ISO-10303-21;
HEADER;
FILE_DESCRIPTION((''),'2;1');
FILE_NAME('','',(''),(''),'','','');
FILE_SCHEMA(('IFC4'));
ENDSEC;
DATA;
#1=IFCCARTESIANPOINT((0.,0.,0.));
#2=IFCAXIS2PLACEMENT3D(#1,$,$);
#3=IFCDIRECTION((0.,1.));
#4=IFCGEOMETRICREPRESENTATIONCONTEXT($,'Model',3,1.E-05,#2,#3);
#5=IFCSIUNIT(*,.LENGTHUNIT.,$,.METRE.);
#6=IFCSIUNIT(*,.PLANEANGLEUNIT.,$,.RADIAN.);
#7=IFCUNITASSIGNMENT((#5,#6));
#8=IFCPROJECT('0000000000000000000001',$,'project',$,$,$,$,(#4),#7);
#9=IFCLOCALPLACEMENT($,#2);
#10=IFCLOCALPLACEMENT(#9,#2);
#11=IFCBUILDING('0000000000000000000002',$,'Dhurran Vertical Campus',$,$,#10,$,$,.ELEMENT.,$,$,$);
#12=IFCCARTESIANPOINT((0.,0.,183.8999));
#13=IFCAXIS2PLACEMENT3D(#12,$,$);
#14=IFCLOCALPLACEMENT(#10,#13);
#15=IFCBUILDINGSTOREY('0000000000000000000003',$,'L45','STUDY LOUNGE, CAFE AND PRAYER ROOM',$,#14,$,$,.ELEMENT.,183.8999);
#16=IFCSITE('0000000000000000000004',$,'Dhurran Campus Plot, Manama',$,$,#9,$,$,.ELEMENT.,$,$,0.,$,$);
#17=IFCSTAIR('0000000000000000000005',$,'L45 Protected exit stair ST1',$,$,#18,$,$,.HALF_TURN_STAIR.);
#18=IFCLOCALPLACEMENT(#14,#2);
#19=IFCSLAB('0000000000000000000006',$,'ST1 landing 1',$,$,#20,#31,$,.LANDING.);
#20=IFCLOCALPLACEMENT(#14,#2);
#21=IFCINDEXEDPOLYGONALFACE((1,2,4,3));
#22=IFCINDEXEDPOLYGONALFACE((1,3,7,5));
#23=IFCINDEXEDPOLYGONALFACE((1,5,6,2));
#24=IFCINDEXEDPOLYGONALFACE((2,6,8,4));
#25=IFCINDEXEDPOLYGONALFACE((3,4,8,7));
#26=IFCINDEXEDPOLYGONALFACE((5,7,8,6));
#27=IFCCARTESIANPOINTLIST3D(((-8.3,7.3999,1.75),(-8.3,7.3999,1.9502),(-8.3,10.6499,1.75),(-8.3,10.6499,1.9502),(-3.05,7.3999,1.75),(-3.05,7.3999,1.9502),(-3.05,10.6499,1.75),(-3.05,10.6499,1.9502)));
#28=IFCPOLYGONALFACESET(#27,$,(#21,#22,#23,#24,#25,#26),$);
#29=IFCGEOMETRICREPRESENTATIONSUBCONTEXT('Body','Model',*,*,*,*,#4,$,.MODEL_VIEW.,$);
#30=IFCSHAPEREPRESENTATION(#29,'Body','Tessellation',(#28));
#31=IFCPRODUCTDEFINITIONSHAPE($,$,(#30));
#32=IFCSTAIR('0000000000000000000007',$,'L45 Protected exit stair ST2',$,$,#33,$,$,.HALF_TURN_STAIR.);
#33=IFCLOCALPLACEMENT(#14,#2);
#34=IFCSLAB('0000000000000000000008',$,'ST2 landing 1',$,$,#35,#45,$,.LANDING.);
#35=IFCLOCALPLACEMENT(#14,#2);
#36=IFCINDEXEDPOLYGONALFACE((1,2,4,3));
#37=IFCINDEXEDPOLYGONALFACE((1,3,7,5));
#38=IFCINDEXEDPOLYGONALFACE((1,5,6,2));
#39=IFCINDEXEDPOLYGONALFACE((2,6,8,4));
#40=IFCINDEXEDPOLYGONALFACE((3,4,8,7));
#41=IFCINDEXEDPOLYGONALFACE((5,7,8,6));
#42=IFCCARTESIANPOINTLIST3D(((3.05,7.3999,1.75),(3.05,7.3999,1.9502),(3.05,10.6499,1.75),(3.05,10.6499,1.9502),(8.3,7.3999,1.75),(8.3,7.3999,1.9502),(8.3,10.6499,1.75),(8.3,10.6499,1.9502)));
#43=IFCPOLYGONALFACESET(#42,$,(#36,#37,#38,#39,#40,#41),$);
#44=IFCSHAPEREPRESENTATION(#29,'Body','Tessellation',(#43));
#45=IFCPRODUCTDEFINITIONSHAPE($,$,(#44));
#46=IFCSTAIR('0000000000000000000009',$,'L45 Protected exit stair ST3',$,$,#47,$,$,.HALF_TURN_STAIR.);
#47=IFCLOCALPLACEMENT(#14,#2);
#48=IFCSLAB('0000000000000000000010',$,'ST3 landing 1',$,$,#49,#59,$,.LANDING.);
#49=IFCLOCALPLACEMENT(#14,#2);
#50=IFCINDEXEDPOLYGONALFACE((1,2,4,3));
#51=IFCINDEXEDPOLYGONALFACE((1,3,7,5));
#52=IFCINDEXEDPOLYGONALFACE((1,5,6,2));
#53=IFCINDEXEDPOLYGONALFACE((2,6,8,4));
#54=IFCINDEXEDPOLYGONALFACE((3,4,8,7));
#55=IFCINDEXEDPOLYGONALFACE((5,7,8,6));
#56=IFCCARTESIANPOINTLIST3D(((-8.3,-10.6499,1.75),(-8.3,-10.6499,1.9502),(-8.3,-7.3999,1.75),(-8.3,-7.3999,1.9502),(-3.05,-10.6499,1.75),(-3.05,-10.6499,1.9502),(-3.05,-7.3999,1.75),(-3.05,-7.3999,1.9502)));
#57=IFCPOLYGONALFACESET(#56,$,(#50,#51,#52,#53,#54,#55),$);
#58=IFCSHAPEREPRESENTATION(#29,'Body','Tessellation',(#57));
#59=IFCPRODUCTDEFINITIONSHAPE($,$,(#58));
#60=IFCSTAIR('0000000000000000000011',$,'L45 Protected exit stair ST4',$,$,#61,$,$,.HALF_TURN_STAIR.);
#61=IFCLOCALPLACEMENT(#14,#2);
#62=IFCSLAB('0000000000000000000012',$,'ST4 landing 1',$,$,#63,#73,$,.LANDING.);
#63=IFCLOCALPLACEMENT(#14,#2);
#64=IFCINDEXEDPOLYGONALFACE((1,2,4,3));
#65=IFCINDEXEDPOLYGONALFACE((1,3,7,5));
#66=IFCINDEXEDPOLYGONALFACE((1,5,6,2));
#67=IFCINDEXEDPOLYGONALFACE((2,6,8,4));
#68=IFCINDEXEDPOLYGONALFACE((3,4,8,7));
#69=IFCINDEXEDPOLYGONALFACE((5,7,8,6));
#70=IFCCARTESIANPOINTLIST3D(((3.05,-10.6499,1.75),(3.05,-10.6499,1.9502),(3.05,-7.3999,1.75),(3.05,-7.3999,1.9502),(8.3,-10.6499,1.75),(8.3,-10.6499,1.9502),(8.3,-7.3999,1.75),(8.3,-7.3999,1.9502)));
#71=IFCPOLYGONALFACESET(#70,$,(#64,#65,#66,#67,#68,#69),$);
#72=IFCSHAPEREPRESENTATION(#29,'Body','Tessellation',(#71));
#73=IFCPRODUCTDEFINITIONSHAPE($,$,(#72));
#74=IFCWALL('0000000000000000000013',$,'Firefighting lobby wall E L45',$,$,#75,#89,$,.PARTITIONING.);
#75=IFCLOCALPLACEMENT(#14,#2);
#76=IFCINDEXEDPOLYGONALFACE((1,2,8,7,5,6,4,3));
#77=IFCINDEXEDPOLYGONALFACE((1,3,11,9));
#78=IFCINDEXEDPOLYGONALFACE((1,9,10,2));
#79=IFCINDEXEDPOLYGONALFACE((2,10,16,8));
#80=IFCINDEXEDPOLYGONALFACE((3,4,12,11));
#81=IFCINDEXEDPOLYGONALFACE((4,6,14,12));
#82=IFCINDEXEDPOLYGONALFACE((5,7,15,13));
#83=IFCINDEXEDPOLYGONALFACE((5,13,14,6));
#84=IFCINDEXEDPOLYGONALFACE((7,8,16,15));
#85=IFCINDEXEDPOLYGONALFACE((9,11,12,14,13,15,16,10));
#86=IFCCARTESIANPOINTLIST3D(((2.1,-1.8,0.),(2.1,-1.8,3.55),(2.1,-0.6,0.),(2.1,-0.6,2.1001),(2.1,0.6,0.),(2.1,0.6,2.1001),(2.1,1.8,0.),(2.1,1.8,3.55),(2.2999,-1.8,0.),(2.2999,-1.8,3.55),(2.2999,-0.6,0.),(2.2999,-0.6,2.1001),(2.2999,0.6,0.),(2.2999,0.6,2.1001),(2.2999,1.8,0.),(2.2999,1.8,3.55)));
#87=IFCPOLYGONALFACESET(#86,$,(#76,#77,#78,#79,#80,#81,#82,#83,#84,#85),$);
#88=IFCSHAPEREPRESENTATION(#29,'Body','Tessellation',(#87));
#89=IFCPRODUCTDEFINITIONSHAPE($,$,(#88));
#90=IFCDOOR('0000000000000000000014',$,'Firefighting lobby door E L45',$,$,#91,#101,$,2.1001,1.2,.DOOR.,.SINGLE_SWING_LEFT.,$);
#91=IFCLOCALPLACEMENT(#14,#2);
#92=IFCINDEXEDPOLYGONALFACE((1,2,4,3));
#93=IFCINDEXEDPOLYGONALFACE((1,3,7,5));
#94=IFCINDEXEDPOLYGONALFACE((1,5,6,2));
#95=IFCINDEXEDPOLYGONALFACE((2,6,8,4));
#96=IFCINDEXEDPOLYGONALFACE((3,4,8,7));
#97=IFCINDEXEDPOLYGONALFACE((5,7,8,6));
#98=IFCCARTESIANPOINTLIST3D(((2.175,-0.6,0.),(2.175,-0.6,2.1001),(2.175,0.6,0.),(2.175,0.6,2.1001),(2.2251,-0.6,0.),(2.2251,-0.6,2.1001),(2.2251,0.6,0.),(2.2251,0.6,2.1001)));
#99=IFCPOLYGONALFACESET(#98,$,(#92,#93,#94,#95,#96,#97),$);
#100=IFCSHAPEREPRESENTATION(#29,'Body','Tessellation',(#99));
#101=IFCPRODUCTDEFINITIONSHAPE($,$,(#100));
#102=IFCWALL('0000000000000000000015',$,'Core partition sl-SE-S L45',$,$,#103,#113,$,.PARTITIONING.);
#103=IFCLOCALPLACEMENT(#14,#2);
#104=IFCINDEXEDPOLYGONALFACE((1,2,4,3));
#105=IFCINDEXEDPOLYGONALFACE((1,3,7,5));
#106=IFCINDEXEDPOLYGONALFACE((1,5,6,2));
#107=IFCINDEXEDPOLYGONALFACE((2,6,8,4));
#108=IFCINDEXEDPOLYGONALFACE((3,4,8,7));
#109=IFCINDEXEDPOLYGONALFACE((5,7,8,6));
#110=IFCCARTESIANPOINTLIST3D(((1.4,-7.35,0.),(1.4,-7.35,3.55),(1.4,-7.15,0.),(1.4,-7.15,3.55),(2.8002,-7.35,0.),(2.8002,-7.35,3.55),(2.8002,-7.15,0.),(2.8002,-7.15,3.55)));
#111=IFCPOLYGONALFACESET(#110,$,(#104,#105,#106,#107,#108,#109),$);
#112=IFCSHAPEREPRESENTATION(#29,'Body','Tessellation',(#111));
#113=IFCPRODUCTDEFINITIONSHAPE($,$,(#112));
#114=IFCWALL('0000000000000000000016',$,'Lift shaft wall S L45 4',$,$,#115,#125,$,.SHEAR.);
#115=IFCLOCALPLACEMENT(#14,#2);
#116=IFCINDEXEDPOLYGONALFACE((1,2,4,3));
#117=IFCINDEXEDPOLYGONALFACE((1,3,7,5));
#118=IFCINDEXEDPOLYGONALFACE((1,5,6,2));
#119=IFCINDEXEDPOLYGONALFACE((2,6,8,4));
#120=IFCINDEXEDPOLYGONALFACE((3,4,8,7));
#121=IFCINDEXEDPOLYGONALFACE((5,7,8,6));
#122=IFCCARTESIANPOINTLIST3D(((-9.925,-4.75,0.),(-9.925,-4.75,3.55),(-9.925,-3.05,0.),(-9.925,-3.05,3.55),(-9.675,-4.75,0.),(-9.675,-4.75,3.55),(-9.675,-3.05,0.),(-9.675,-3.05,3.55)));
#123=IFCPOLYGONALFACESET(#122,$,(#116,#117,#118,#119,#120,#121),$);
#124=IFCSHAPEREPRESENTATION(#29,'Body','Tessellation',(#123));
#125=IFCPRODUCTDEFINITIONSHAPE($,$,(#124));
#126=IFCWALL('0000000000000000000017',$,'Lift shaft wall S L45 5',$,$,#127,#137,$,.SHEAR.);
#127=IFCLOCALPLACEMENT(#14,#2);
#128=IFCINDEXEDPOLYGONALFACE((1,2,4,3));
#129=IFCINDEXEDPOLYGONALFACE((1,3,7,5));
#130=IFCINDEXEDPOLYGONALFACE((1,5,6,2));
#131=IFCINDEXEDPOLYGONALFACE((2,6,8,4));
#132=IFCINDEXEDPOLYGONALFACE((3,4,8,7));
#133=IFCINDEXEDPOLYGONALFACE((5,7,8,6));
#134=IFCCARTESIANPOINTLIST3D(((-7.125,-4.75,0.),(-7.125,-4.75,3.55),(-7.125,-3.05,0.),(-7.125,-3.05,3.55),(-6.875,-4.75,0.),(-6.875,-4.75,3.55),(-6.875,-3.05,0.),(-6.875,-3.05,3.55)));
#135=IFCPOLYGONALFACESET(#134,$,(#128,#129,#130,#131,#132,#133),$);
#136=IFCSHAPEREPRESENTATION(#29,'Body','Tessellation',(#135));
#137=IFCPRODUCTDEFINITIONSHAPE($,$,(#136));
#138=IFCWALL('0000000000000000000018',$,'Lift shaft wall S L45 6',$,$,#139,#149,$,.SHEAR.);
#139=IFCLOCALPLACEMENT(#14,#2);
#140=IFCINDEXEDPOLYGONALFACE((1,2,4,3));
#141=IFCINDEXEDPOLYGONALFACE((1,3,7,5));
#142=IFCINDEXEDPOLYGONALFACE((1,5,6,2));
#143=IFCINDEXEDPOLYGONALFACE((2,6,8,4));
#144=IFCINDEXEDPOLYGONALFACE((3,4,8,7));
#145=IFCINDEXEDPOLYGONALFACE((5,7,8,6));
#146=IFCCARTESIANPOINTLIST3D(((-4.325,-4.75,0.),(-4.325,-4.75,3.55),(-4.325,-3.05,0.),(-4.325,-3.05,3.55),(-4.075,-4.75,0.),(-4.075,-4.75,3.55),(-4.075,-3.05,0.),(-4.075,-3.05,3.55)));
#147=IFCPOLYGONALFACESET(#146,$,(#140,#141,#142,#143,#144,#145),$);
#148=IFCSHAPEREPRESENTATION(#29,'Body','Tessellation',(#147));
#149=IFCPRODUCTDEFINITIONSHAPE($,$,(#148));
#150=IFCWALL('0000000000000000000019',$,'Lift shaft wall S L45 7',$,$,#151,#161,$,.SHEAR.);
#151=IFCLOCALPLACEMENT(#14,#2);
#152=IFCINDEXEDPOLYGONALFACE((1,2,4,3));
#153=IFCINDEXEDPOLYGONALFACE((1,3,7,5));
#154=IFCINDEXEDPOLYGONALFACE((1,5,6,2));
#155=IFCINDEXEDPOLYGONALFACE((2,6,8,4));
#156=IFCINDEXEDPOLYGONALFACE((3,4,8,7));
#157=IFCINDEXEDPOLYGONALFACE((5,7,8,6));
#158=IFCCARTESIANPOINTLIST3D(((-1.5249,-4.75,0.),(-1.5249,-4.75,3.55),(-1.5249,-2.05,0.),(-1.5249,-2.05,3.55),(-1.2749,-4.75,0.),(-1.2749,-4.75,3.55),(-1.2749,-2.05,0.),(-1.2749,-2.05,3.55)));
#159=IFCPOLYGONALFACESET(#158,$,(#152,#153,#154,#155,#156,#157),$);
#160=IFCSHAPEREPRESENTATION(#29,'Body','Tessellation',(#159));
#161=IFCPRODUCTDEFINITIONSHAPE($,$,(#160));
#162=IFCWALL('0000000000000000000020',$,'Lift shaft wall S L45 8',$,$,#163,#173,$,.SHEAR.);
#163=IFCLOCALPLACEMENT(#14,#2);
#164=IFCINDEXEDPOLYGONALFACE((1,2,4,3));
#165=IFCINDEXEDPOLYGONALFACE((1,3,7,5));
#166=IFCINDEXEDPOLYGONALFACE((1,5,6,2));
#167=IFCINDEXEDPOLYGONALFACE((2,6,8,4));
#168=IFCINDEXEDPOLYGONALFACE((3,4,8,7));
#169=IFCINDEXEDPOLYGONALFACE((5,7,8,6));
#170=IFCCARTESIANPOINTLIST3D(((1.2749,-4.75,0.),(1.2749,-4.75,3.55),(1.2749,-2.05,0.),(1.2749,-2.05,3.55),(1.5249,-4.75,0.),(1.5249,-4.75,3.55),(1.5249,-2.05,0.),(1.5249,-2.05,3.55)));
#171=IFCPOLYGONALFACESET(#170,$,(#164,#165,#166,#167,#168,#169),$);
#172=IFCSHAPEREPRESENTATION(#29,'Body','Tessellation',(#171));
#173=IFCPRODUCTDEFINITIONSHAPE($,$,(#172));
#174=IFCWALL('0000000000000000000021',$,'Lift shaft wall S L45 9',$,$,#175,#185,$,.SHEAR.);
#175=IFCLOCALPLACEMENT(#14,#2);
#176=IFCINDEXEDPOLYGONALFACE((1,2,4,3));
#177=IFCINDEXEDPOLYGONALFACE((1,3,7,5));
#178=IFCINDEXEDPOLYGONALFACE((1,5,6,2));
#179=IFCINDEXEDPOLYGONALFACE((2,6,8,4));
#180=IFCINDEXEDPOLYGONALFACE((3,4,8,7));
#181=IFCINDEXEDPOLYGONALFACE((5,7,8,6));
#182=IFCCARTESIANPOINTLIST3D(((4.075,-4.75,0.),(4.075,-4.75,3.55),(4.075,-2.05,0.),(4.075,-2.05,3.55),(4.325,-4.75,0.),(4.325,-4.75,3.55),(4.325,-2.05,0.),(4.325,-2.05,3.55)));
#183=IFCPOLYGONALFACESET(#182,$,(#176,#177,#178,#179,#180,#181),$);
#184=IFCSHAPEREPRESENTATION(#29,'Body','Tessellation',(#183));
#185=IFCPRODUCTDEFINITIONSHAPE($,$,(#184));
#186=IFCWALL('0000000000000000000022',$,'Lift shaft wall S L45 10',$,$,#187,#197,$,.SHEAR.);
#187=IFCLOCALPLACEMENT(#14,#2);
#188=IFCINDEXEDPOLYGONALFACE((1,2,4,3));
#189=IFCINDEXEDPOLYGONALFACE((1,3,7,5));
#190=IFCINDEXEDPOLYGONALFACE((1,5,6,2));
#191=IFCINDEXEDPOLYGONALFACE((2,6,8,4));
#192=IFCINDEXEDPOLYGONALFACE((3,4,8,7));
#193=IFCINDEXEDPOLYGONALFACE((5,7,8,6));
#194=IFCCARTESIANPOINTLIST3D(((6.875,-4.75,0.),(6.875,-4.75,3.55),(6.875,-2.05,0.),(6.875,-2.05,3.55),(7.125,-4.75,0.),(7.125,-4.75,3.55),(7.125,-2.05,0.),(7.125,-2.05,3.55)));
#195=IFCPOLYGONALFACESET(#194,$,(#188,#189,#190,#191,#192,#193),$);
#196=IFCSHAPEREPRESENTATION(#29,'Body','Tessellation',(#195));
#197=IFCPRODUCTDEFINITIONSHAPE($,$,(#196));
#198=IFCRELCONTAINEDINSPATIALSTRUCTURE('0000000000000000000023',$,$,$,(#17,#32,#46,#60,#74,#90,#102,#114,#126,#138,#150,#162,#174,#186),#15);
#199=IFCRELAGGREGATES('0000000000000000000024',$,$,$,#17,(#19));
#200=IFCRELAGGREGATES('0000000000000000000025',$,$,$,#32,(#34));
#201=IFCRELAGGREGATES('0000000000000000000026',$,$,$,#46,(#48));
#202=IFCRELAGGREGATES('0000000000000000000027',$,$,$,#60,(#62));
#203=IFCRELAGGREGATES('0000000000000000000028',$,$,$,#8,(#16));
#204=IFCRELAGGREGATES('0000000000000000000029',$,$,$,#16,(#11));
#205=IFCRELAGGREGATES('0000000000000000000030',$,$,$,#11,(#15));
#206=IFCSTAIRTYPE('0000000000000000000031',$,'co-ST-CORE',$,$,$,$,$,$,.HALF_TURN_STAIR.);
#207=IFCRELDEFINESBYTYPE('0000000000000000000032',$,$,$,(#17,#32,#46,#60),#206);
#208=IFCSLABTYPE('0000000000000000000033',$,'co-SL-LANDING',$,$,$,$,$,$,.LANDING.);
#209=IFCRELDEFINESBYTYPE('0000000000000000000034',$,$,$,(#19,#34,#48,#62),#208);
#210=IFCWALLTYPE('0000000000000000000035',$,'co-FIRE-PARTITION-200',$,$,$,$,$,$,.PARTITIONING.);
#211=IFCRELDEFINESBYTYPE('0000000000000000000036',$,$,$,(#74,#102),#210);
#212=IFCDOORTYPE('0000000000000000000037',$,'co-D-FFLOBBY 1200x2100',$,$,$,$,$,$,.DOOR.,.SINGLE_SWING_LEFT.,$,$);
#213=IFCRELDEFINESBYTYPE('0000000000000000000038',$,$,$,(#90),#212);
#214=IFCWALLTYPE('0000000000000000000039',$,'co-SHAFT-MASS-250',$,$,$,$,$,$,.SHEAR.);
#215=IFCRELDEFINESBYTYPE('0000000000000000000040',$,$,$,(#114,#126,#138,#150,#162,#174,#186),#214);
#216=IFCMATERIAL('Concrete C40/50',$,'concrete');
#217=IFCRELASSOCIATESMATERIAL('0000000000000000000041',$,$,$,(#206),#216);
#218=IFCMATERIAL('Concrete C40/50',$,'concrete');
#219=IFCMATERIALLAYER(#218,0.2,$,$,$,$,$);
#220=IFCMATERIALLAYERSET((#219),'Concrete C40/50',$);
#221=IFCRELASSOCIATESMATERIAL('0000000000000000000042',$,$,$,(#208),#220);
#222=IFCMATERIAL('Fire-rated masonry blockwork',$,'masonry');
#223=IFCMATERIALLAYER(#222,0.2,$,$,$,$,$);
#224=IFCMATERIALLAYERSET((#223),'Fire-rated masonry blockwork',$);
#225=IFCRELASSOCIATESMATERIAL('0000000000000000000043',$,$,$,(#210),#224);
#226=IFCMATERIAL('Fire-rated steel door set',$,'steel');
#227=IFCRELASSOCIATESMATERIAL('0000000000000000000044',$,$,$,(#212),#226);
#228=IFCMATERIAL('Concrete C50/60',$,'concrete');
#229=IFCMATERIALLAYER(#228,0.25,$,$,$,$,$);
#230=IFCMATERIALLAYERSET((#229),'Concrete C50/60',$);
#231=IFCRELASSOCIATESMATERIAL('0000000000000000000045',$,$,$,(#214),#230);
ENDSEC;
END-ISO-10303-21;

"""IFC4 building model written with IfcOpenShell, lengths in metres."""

from ifc_helpers import new_model, si_unit, direction, frame, frame_2d, origin, place, context, subcontext, project, spatial, polyline, rectangle, outline, extrude, material, layer, layer_set, type_object, element, fill, aggregate, save


model = new_model("IFC4")

# Units and contexts
model_context = context("Model", 3, precision=1e-05, world=origin(), true_north=direction((0.0, 1.0)))
body_context = subcontext(model_context, "Body", "Model", "MODEL_VIEW")
ifc_project = project(units=[si_unit("LENGTHUNIT", "METRE"), si_unit("PLANEANGLEUNIT", "RADIAN")], contexts=[model_context])

# Site, building, storey
site_placement = place(None, origin())
site = spatial("IfcSite", under=ifc_project, at=site_placement, Name="Dhurran Campus Plot, Manama", CompositionType="ELEMENT", RefElevation=0.0)
building_placement = place(site_placement, origin())
building = spatial("IfcBuilding", under=site, at=building_placement, Name="Dhurran Vertical Campus", CompositionType="ELEMENT")
storey_placement = place(building_placement, frame((0.0, 0.0, 183.8999)))
storey = spatial("IfcBuildingStorey", under=building, at=storey_placement, Name="L45", Description="STUDY LOUNGE, CAFE AND PRAYER ROOM", CompositionType="ELEMENT", Elevation=183.8999)

# Stairs, slabs
ifc_material_1 = material(Name="Concrete C40/50", Category="concrete")
stair_type = type_object("IfcStairType", Name="co-ST-CORE", PredefinedType="HALF_TURN_STAIR", material=ifc_material_1)
stair_1_placement = place(storey_placement, origin())
stair_1 = element("IfcStair", 1, at=stair_1_placement, inside=storey, type_object=stair_type, Name="L45 Protected exit stair ST1", PredefinedType="HALF_TURN_STAIR")
ifc_material_2 = material(Name="Concrete C40/50", Category="concrete")
ifc_layer_1 = layer(ifc_material_2, 0.2)
ifc_layer_set_1 = layer_set([ifc_layer_1], Name="Concrete C40/50")
slab_type = type_object("IfcSlabType", Name="co-SL-LANDING", PredefinedType="LANDING", material=ifc_layer_set_1)
slab_1_placement = place(storey_placement, frame((0.0, 0.0, 1.75)))
slab_1 = element("IfcSlab", 2, at=slab_1_placement, type_object=slab_type, Name="ST1 landing 1", PredefinedType="LANDING", context=body_context, shape_type="SweptSolid", body=[
    extrude(outline(polyline([(-8.3, 7.3999), (-3.05, 7.3999), (-3.05, 10.6499), (-8.3, 10.6499), (-8.3, 7.3999)])), origin(), (0.0, 0.0, 1.0), 0.2002),
])
aggregate(stair_1, [slab_1])
stair_2_placement = place(storey_placement, origin())
stair_2 = element("IfcStair", 3, at=stair_2_placement, inside=storey, type_object=stair_type, Name="L45 Protected exit stair ST2", PredefinedType="HALF_TURN_STAIR")
slab_2_placement = place(storey_placement, frame((0.0, 0.0, 1.75)))
slab_2 = element("IfcSlab", 4, at=slab_2_placement, type_object=slab_type, Name="ST2 landing 1", PredefinedType="LANDING", context=body_context, shape_type="SweptSolid", body=[
    extrude(outline(polyline([(8.3, 10.6499), (3.05, 10.6499), (3.05, 7.3999), (8.3, 7.3999), (8.3, 10.6499)])), origin(), (0.0, 0.0, 1.0), 0.2002),
])
aggregate(stair_2, [slab_2])
stair_3_placement = place(storey_placement, origin())
stair_3 = element("IfcStair", 5, at=stair_3_placement, inside=storey, type_object=stair_type, Name="L45 Protected exit stair ST3", PredefinedType="HALF_TURN_STAIR")
slab_3_placement = place(storey_placement, frame((0.0, 0.0, 1.75)))
slab_3 = element("IfcSlab", 6, at=slab_3_placement, type_object=slab_type, Name="ST3 landing 1", PredefinedType="LANDING", context=body_context, shape_type="SweptSolid", body=[
    extrude(outline(polyline([(-8.3, -10.6499), (-3.05, -10.6499), (-3.05, -7.3999), (-8.3, -7.3999), (-8.3, -10.6499)])), origin(), (0.0, 0.0, 1.0), 0.2002),
])
aggregate(stair_3, [slab_3])
stair_4_placement = place(storey_placement, origin())
stair_4 = element("IfcStair", 7, at=stair_4_placement, inside=storey, type_object=stair_type, Name="L45 Protected exit stair ST4", PredefinedType="HALF_TURN_STAIR")
slab_4_placement = place(storey_placement, frame((0.0, 0.0, 1.75)))
slab_4 = element("IfcSlab", 8, at=slab_4_placement, type_object=slab_type, Name="ST4 landing 1", PredefinedType="LANDING", context=body_context, shape_type="SweptSolid", body=[
    extrude(outline(polyline([(8.3, -7.3999), (3.05, -7.3999), (3.05, -10.6499), (8.3, -10.6499), (8.3, -7.3999)])), origin(), (0.0, 0.0, 1.0), 0.2002),
])

# Wall, opening, door
ifc_material_3 = material(Name="Fire-rated masonry blockwork", Category="masonry")
ifc_layer_2 = layer(ifc_material_3, 0.2)
ifc_layer_set_2 = layer_set([ifc_layer_2], Name="Fire-rated masonry blockwork")
wall_type_1 = type_object("IfcWallType", Name="co-FIRE-PARTITION-200", PredefinedType="PARTITIONING", material=ifc_layer_set_2)
wall_1_placement = place(storey_placement, frame((2.2, -1.8, 0.0), z_axis=(0.0, 0.0, 1.0), x_axis=(0.0, 1.0, 0.0)))
wall_1 = element("IfcWall", 9, at=wall_1_placement, inside=storey, type_object=wall_type_1, Name="Firefighting lobby wall E L45", PredefinedType="PARTITIONING", context=body_context, shape_type="SweptSolid", body=[
    extrude(rectangle(XDim=3.6001, YDim=0.2, at=frame_2d((1.8, 0.0))), origin(), (0.0, 0.0, 1.0), 3.55),
])
opening_1_placement = place(wall_1_placement, frame((1.2, 0.0, 0.0)))
opening_1 = element("IfcOpeningElement", 10, at=opening_1_placement, cuts=wall_1, PredefinedType="OPENING", context=body_context, shape_type="SweptSolid", body=[
    extrude(rectangle(XDim=1.2, YDim=2.1001, at=frame_2d((0.6001, 1.05))), frame((0.0, 0.1099, 0.0), z_axis=(0.0, -1.0, 0.0), x_axis=(1.0, 0.0, 0.0)), (0.0, 0.0, 1.0), 0.22),
])
ifc_material_4 = material(Name="Fire-rated steel door set", Category="steel")
door_type_1 = type_object("IfcDoorType", Name="co-D-FFLOBBY 1200x2100", OperationType="SINGLE_SWING_LEFT", PredefinedType="DOOR", material=ifc_material_4)
door_1_placement = place(opening_1_placement, origin())
door_1 = element("IfcDoor", 11, at=door_1_placement, inside=storey, type_object=door_type_1, Name="Firefighting lobby door E L45", OperationType="SINGLE_SWING_LEFT", OverallHeight=2.1001, OverallWidth=1.2, PredefinedType="DOOR", context=body_context, shape_type="SweptSolid", body=[
    extrude(rectangle(XDim=1.2, YDim=2.1001, at=frame_2d((0.6001, 1.05))), frame((0.0, 0.0249, 0.0), z_axis=(0.0, -1.0, 0.0), x_axis=(1.0, 0.0, 0.0)), (0.0, 0.0, 1.0), 0.05),
])
fill(opening_1, door_1)

# Walls
wall_2_placement = place(storey_placement, frame((1.3999, -7.25, 0.0), z_axis=(0.0, 0.0, 1.0), x_axis=(1.0, 0.0, 0.0)))
element("IfcWall", 12, at=wall_2_placement, inside=storey, type_object=wall_type_1, Name="Core partition sl-SE-S L45", PredefinedType="PARTITIONING", context=body_context, shape_type="SweptSolid", body=[
    extrude(rectangle(XDim=1.4001, YDim=0.2, at=frame_2d((0.7002, 0.0))), origin(), (0.0, 0.0, 1.0), 3.55),
])
ifc_material_5 = material(Name="Concrete C50/60", Category="concrete")
ifc_layer_3 = layer(ifc_material_5, 0.25)
ifc_layer_set_3 = layer_set([ifc_layer_3], Name="Concrete C50/60")
wall_type_2 = type_object("IfcWallType", Name="co-SHAFT-MASS-250", PredefinedType="SHEAR", material=ifc_layer_set_3)
wall_3_placement = place(storey_placement, origin())
element("IfcWall", 13, at=wall_3_placement, inside=storey, type_object=wall_type_2, Name="Lift shaft wall S L45 4", PredefinedType="SHEAR", context=body_context, shape_type="SweptSolid", body=[
    extrude(outline(polyline([(-9.925, -4.75), (-9.675, -4.75), (-9.675, -3.05), (-9.925, -3.05), (-9.925, -4.75)])), origin(), (0.0, 0.0, 1.0), 3.55),
])
wall_4_placement = place(storey_placement, origin())
element("IfcWall", 14, at=wall_4_placement, inside=storey, type_object=wall_type_2, Name="Lift shaft wall S L45 5", PredefinedType="SHEAR", context=body_context, shape_type="SweptSolid", body=[
    extrude(outline(polyline([(-7.125, -4.75), (-6.875, -4.75), (-6.875, -3.05), (-7.125, -3.05), (-7.125, -4.75)])), origin(), (0.0, 0.0, 1.0), 3.55),
])
wall_5_placement = place(storey_placement, origin())
element("IfcWall", 15, at=wall_5_placement, inside=storey, type_object=wall_type_2, Name="Lift shaft wall S L45 6", PredefinedType="SHEAR", context=body_context, shape_type="SweptSolid", body=[
    extrude(outline(polyline([(-4.325, -4.75), (-4.075, -4.75), (-4.075, -3.05), (-4.325, -3.05), (-4.325, -4.75)])), origin(), (0.0, 0.0, 1.0), 3.55),
])
wall_6_placement = place(storey_placement, origin())
element("IfcWall", 16, at=wall_6_placement, inside=storey, type_object=wall_type_2, Name="Lift shaft wall S L45 7", PredefinedType="SHEAR", context=body_context, shape_type="SweptSolid", body=[
    extrude(outline(polyline([(-1.5249, -4.75), (-1.2749, -4.75), (-1.2749, -2.05), (-1.5249, -2.05), (-1.5249, -4.75)])), origin(), (0.0, 0.0, 1.0), 3.55),
])
wall_7_placement = place(storey_placement, origin())
element("IfcWall", 17, at=wall_7_placement, inside=storey, type_object=wall_type_2, Name="Lift shaft wall S L45 8", PredefinedType="SHEAR", context=body_context, shape_type="SweptSolid", body=[
    extrude(outline(polyline([(1.2749, -4.75), (1.5249, -4.75), (1.5249, -2.05), (1.2749, -2.05), (1.2749, -4.75)])), origin(), (0.0, 0.0, 1.0), 3.55),
])
wall_8_placement = place(storey_placement, origin())
element("IfcWall", 18, at=wall_8_placement, inside=storey, type_object=wall_type_2, Name="Lift shaft wall S L45 9", PredefinedType="SHEAR", context=body_context, shape_type="SweptSolid", body=[
    extrude(outline(polyline([(4.075, -4.75), (4.325, -4.75), (4.325, -2.05), (4.075, -2.05), (4.075, -4.75)])), origin(), (0.0, 0.0, 1.0), 3.55),
])
wall_9_placement = place(storey_placement, origin())
element("IfcWall", 19, at=wall_9_placement, inside=storey, type_object=wall_type_2, Name="Lift shaft wall S L45 10", PredefinedType="SHEAR", context=body_context, shape_type="SweptSolid", body=[
    extrude(outline(polyline([(6.875, -4.75), (7.125, -4.75), (7.125, -2.05), (6.875, -2.05), (6.875, -4.75)])), origin(), (0.0, 0.0, 1.0), 3.55),
])

aggregate(stair_4, [slab_4])

save(model, "model.ifc")
